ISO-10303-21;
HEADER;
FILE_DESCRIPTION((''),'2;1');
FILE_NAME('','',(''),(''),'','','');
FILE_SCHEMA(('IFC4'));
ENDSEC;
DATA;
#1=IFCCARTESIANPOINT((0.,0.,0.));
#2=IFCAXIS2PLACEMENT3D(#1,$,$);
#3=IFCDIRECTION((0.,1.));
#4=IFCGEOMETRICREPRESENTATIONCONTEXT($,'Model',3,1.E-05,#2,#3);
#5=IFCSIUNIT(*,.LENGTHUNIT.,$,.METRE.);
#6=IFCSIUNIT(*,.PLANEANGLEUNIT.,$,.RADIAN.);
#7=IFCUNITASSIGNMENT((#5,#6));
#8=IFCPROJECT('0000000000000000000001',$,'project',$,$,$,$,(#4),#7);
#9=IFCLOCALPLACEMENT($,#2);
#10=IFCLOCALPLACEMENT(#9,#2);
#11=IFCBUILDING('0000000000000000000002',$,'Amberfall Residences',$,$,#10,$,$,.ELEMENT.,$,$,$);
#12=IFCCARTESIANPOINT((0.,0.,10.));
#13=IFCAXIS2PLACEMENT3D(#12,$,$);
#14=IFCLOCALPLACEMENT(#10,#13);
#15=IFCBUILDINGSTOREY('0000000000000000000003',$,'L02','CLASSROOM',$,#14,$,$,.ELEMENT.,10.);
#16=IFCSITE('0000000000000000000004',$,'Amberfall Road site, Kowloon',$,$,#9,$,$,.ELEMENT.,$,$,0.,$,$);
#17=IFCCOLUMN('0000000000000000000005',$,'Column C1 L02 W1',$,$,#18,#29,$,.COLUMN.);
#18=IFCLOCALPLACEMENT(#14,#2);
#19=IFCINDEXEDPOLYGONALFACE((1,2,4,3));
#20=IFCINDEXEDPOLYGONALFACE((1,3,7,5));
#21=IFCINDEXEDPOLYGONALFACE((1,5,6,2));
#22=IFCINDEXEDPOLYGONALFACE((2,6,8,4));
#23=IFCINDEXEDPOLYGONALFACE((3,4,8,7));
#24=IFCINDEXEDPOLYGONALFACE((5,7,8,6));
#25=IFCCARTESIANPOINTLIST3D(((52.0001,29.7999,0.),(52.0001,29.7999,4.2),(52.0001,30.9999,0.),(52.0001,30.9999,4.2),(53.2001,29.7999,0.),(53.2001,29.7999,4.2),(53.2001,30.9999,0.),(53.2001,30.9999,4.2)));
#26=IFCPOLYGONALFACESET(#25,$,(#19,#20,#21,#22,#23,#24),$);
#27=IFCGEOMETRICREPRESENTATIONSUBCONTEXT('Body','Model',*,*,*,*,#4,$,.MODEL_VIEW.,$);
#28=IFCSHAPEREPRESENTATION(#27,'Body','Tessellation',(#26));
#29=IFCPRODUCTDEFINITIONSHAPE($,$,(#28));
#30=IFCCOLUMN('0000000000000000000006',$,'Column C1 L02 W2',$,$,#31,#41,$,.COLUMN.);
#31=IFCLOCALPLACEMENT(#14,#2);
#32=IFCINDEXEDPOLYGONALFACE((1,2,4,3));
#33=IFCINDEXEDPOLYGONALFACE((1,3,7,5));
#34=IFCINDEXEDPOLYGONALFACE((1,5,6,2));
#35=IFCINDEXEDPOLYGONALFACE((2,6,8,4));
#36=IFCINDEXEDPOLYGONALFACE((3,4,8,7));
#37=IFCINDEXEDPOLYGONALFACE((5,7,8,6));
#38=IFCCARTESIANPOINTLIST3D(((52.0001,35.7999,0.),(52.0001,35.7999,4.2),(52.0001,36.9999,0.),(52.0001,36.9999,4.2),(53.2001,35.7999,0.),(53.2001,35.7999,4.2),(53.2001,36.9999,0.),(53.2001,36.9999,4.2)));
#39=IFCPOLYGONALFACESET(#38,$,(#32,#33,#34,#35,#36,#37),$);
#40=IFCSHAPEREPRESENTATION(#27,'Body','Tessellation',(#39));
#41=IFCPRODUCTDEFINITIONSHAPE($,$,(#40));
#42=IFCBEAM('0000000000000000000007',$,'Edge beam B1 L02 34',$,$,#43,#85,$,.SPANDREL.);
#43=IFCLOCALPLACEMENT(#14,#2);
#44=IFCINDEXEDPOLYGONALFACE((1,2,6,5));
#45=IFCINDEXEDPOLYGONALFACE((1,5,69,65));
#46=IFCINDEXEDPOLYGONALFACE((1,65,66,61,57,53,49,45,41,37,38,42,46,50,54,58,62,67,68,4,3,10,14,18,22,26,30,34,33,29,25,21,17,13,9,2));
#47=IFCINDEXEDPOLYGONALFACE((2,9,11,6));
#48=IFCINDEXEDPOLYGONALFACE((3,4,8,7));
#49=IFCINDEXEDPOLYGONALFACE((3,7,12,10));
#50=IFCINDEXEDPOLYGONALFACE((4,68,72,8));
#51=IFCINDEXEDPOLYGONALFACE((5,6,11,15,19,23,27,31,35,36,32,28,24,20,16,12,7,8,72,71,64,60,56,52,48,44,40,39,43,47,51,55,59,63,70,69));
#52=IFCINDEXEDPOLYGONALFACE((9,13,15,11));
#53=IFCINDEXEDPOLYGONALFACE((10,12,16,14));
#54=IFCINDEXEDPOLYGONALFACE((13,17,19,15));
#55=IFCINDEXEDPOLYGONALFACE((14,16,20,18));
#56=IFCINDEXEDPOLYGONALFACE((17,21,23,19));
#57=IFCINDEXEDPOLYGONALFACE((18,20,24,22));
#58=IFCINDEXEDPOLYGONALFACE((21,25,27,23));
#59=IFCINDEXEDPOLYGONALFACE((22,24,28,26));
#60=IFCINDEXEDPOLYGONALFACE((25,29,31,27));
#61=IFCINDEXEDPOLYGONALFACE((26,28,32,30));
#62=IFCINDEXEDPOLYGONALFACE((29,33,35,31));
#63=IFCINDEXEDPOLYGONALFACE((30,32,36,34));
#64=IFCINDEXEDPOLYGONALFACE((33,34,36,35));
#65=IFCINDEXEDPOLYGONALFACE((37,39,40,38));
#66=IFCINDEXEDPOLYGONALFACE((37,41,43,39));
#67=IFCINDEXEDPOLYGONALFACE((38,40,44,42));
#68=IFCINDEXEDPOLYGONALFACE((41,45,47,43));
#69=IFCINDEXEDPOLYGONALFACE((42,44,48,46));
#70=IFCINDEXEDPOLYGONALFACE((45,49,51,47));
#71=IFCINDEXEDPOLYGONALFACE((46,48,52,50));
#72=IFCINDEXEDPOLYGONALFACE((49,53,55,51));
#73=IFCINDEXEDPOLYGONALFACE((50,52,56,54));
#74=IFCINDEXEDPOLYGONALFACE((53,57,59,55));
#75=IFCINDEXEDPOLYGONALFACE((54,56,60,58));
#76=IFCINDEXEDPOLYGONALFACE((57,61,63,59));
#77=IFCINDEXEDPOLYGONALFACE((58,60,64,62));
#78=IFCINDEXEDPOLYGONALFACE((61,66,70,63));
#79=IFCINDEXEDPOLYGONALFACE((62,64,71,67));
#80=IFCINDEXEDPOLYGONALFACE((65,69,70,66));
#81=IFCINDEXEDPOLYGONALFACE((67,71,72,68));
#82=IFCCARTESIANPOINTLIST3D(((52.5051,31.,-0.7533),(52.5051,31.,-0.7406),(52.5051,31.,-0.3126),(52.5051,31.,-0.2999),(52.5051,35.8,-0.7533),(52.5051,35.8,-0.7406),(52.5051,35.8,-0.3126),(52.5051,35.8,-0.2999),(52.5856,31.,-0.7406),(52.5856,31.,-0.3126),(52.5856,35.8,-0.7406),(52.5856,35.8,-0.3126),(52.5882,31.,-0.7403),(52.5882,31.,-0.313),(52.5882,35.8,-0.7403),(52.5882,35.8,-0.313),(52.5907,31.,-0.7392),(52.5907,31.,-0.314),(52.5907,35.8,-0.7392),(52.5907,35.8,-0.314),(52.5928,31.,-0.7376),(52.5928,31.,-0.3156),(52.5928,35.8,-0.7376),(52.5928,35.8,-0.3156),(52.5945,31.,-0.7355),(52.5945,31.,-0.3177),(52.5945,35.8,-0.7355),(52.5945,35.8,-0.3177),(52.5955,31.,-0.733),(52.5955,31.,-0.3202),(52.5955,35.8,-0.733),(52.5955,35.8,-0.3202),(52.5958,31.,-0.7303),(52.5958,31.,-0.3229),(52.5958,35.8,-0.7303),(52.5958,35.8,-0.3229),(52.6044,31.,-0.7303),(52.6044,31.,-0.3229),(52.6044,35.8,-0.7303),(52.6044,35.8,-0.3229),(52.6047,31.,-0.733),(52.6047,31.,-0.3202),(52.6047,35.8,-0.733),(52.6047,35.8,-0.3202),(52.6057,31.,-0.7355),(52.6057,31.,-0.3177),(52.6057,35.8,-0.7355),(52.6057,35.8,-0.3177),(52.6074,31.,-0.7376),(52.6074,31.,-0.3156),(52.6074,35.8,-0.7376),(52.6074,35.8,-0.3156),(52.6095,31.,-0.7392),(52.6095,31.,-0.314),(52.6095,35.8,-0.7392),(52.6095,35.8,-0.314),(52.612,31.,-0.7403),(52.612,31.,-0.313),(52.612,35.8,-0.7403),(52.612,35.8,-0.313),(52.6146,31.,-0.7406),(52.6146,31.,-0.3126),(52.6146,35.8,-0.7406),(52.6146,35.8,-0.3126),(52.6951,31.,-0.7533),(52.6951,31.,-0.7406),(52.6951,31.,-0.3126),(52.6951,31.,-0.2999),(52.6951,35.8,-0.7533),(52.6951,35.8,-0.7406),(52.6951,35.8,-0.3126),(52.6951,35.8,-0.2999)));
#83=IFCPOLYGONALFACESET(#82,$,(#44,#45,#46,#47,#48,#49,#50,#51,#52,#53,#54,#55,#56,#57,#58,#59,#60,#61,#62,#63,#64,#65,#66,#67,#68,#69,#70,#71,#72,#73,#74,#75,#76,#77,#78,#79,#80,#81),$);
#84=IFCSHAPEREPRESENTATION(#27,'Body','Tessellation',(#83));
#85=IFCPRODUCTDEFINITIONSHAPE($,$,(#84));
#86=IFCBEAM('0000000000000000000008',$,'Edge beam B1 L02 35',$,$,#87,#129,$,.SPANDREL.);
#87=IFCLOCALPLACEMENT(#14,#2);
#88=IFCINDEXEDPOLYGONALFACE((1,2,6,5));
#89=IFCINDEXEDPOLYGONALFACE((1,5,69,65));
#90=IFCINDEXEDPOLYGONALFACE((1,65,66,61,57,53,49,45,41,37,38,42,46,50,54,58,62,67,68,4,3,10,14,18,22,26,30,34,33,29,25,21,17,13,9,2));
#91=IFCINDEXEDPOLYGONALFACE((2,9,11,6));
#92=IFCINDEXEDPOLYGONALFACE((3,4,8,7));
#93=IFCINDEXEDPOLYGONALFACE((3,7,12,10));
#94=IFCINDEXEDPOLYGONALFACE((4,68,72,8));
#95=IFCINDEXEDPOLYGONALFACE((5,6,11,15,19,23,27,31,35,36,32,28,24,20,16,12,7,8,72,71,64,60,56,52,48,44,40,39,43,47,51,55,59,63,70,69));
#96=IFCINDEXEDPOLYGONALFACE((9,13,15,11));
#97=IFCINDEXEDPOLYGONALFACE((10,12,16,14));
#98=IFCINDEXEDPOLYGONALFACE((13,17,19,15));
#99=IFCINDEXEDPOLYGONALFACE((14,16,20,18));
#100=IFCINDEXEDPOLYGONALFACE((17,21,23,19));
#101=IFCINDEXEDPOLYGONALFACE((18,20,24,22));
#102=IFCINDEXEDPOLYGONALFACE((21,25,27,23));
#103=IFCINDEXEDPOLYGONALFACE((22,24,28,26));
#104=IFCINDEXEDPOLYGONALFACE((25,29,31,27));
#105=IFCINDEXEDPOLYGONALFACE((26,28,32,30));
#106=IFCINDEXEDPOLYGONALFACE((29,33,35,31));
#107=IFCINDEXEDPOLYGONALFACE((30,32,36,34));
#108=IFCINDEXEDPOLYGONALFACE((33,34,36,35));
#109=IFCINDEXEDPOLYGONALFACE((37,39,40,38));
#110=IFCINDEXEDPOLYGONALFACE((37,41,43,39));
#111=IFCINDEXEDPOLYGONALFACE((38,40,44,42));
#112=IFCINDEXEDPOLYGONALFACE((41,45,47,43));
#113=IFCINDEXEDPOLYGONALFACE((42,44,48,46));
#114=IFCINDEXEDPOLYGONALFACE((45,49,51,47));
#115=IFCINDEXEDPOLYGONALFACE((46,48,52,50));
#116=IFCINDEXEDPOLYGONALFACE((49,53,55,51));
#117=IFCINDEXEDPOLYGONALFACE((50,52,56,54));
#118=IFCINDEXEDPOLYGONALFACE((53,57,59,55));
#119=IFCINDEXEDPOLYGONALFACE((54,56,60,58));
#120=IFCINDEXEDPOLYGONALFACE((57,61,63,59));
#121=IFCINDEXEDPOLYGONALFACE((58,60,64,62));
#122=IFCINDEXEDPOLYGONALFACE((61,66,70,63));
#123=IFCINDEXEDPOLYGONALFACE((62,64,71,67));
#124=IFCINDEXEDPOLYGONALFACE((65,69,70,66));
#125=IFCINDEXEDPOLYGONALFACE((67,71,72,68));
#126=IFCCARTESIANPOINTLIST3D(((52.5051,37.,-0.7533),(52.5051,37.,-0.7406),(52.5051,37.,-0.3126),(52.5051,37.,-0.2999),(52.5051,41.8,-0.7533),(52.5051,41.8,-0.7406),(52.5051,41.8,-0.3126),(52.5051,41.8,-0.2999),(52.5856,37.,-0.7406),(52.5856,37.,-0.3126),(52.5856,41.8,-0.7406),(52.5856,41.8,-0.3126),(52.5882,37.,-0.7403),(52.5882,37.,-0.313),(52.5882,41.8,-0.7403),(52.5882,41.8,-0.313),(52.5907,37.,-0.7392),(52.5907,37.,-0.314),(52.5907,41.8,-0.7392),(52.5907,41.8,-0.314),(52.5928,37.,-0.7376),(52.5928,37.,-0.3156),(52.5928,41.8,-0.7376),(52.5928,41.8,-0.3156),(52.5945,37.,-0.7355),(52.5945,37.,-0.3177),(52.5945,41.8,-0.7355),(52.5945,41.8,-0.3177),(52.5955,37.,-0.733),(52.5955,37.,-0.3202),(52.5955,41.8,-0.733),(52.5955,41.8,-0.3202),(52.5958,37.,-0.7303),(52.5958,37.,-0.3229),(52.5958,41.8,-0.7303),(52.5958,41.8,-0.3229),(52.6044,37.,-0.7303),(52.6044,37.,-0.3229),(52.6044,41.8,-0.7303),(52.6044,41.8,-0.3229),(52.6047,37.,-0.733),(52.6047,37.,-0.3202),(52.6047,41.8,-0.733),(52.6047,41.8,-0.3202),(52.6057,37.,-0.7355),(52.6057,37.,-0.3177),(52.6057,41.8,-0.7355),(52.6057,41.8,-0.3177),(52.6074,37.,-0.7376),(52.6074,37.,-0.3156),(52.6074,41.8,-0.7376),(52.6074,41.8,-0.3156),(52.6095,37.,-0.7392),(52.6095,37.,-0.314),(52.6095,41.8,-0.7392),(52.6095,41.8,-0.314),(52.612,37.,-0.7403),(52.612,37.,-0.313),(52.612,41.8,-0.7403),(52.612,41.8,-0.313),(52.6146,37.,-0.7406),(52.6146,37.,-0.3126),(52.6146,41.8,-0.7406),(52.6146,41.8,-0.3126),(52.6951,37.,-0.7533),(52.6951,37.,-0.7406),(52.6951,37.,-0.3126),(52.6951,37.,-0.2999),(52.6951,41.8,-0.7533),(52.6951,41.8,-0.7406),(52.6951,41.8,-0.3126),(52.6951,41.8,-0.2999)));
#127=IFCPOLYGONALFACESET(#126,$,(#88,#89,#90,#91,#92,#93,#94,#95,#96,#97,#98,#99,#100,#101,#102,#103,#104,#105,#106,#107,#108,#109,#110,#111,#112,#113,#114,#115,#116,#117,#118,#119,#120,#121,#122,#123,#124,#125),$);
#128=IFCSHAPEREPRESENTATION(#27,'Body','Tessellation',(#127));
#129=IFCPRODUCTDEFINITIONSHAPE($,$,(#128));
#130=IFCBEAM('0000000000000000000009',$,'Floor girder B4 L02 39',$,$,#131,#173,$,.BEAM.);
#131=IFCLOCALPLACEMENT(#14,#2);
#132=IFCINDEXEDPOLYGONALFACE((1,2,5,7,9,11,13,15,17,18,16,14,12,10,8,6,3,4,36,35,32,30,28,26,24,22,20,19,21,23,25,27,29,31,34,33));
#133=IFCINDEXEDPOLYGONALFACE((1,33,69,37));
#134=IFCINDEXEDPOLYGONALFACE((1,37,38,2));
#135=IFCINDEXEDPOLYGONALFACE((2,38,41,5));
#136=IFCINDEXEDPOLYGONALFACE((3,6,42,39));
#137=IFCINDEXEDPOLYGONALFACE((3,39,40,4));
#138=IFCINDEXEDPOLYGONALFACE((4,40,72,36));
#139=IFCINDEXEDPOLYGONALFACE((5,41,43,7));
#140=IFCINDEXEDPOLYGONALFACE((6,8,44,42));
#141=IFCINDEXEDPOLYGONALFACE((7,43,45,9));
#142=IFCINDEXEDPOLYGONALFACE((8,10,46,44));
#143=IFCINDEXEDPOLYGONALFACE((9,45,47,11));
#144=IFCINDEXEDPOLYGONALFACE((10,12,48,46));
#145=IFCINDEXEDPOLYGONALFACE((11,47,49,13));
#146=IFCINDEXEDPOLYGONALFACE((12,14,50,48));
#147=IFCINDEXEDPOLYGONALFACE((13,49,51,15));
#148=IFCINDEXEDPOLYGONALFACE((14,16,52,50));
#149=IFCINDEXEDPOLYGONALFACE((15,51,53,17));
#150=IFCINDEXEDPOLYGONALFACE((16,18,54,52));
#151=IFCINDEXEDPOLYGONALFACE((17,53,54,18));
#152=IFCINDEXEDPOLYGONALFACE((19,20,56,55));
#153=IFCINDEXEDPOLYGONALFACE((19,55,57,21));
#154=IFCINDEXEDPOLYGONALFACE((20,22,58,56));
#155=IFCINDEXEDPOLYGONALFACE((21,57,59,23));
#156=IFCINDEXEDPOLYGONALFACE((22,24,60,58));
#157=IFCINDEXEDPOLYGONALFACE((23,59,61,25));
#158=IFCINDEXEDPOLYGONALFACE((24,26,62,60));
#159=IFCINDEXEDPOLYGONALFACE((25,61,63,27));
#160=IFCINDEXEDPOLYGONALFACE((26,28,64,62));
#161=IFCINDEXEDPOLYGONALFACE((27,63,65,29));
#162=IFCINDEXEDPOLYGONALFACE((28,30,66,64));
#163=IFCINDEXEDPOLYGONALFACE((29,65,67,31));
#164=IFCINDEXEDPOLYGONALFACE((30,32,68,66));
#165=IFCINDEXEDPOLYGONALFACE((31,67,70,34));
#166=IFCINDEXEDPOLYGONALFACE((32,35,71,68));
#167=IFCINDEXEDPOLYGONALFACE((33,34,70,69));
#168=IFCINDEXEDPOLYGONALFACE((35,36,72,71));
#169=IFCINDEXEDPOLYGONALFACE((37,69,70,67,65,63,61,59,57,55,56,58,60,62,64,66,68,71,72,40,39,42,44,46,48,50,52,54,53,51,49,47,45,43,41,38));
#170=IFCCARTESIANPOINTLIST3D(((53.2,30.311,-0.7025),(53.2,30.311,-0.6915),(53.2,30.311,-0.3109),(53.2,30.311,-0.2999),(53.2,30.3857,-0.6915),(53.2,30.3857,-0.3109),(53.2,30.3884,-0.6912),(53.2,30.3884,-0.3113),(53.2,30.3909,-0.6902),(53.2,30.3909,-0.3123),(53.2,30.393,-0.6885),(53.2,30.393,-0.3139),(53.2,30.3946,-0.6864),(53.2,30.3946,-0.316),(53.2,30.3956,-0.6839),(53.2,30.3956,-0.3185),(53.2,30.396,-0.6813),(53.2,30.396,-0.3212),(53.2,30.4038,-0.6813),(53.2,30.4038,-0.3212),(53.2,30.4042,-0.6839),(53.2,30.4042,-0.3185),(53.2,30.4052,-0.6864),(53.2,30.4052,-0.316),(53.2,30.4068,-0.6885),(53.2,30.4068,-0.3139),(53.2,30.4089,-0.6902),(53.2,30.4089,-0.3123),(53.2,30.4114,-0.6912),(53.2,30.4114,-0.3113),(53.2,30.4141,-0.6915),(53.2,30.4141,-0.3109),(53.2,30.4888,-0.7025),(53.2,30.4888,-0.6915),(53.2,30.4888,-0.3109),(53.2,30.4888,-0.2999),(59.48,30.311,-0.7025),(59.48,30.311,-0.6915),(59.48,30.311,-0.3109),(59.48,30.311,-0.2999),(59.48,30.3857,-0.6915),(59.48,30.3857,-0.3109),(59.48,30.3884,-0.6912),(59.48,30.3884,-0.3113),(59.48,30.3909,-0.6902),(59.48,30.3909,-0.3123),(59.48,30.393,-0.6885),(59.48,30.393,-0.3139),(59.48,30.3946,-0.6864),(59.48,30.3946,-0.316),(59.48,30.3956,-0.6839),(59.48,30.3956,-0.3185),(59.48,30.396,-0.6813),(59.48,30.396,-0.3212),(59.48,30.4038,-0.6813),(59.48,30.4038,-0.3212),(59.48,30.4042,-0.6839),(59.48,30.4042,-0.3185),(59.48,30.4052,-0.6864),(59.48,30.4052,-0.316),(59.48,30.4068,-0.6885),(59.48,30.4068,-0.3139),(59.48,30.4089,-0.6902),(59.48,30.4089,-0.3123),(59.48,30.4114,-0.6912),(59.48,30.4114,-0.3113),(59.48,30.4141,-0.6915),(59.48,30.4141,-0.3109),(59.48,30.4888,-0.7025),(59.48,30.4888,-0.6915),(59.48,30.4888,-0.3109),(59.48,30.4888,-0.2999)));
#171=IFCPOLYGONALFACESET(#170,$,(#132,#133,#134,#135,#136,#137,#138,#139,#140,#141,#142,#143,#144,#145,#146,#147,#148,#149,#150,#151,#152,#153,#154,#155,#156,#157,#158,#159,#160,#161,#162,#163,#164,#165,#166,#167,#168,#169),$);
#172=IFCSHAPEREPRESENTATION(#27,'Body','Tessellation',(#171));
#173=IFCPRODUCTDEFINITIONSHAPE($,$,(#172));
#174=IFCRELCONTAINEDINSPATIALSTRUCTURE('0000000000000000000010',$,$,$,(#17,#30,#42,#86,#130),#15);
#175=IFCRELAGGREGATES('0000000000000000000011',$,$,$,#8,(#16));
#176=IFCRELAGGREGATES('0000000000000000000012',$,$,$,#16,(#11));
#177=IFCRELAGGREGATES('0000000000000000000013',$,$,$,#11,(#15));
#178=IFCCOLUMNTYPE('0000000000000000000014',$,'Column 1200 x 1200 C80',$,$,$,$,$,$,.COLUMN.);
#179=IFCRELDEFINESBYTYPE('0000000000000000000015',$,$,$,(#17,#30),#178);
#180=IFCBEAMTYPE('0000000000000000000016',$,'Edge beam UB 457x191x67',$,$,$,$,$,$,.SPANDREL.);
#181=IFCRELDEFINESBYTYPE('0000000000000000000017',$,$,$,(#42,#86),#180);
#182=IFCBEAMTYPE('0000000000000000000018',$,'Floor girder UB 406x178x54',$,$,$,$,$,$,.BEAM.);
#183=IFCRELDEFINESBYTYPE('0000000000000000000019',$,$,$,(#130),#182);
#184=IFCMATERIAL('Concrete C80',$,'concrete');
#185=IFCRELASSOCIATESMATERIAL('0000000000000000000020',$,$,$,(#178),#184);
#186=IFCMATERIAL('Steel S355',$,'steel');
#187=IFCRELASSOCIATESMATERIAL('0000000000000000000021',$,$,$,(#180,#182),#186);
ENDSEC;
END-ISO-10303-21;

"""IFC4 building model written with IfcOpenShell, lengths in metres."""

from ifc_helpers import new_model, si_unit, direction, frame, origin, origin_2d, place, context, subcontext, project, spatial, rectangle, i_section, extrude, material, material_profile, profile_set, type_object, element, save


model = new_model("IFC4")

# Units and contexts
model_context = context("Model", 3, precision=1e-05, world=origin(), true_north=direction((0.0, 1.0)))
body_context = subcontext(model_context, "Body", "Model", "MODEL_VIEW")
ifc_project = project(units=[si_unit("LENGTHUNIT", "METRE"), si_unit("PLANEANGLEUNIT", "RADIAN")], contexts=[model_context])

# Site, building, storey
site_placement = place(None, origin())
site = spatial("IfcSite", under=ifc_project, at=site_placement, Name="Amberfall Road site, Kowloon", CompositionType="ELEMENT", RefElevation=0.0)
building_placement = place(site_placement, origin())
building = spatial("IfcBuilding", under=site, at=building_placement, Name="Amberfall Residences", CompositionType="ELEMENT")
storey_placement = place(building_placement, frame((0.0, 0.0, 10.0)))
storey = spatial("IfcBuildingStorey", under=building, at=storey_placement, Name="L02", Description="CLASSROOM", CompositionType="ELEMENT", Elevation=10.0)

# Columns
ifc_material_1 = material(Name="Concrete C80", Category="concrete")
ifc_material_profile_1 = material_profile(ifc_material_1, rectangle(XDim=1.2, YDim=1.2, at=origin_2d()), Name="Column 1200 x 1200 C80")
ifc_profile_set_1 = profile_set([ifc_material_profile_1], Name="Concrete C80")
column_type = type_object("IfcColumnType", Name="Column 1200 x 1200 C80", PredefinedType="COLUMN", material=ifc_profile_set_1)
for number, where, z_axis, x_axis, name in (
    (1, (52.6001, 30.3999, 0.0), (0.0, 0.0, 1.0), (1.0, 0.0, 0.0), "Column C1 L02 W1"),
    (2, (52.6001, 36.3999, 0.0), (0.0, 0.0, 1.0), (1.0, 0.0, 0.0), "Column C1 L02 W2"),
):
    element("IfcColumn", number, at=place(storey_placement, frame(where, z_axis=z_axis, x_axis=x_axis)), inside=storey, type_object=column_type, Name=name, PredefinedType="COLUMN", context=body_context, shape_type="SweptSolid", body=[
        extrude(rectangle(XDim=1.2, YDim=1.2, at=origin_2d()), origin(), (0.0, 0.0, 1.0), 4.2),
    ])

# Beams
ifc_material_2 = material(Name="Steel S355", Category="steel")
ifc_material_profile_2 = material_profile(ifc_material_2, i_section(OverallWidth=0.1899, OverallDepth=0.4534, WebThickness=0.0085, FlangeThickness=0.0127, FilletRadius=0.0103, at=origin_2d()), Name="UB 457x191x67")
ifc_profile_set_2 = profile_set([ifc_material_profile_2], Name="Steel S355")
beam_type_1 = type_object("IfcBeamType", Name="Edge beam UB 457x191x67", PredefinedType="SPANDREL", material=ifc_profile_set_2)
for number, where, z_axis, x_axis, name in (
    (3, (52.6001, 31.0, -0.5266), (0.0, 1.0, 0.0), (-1.0, 0.0, 0.0), "Edge beam B1 L02 34"),
    (4, (52.6001, 37.0, -0.5266), (0.0, 1.0, 0.0), (-1.0, 0.0, 0.0), "Edge beam B1 L02 35"),
):
    element("IfcBeam", number, at=place(storey_placement, frame(where, z_axis=z_axis, x_axis=x_axis)), inside=storey, type_object=beam_type_1, Name=name, PredefinedType="SPANDREL", context=body_context, shape_type="SweptSolid", body=[
        extrude(i_section(OverallWidth=0.1899, OverallDepth=0.4534, WebThickness=0.0085, FlangeThickness=0.0127, FilletRadius=0.0103, at=origin_2d()), origin(), (0.0, 0.0, 1.0), 4.8),
    ])
ifc_material_profile_3 = material_profile(ifc_material_2, i_section(OverallWidth=0.1777, OverallDepth=0.4026, WebThickness=0.0078, FlangeThickness=0.011, FilletRadius=0.0103, at=origin_2d()), Name="UB 406x178x54")
ifc_profile_set_3 = profile_set([ifc_material_profile_3], Name="Steel S355")
beam_type_2 = type_object("IfcBeamType", Name="Floor girder UB 406x178x54", PredefinedType="BEAM", material=ifc_profile_set_3)
beam_1_placement = place(storey_placement, frame((53.2, 30.3999, -0.5012), z_axis=(1.0, 0.0, 0.0), x_axis=(0.0, 1.0, 0.0)))
element("IfcBeam", 5, at=beam_1_placement, inside=storey, type_object=beam_type_2, Name="Floor girder B4 L02 39", PredefinedType="BEAM", context=body_context, shape_type="SweptSolid", body=[
    extrude(i_section(OverallWidth=0.1777, OverallDepth=0.4026, WebThickness=0.0078, FlangeThickness=0.011, FilletRadius=0.0103, at=origin_2d()), origin(), (0.0, 0.0, 1.0), 6.28),
])

save(model, "model.ifc")
